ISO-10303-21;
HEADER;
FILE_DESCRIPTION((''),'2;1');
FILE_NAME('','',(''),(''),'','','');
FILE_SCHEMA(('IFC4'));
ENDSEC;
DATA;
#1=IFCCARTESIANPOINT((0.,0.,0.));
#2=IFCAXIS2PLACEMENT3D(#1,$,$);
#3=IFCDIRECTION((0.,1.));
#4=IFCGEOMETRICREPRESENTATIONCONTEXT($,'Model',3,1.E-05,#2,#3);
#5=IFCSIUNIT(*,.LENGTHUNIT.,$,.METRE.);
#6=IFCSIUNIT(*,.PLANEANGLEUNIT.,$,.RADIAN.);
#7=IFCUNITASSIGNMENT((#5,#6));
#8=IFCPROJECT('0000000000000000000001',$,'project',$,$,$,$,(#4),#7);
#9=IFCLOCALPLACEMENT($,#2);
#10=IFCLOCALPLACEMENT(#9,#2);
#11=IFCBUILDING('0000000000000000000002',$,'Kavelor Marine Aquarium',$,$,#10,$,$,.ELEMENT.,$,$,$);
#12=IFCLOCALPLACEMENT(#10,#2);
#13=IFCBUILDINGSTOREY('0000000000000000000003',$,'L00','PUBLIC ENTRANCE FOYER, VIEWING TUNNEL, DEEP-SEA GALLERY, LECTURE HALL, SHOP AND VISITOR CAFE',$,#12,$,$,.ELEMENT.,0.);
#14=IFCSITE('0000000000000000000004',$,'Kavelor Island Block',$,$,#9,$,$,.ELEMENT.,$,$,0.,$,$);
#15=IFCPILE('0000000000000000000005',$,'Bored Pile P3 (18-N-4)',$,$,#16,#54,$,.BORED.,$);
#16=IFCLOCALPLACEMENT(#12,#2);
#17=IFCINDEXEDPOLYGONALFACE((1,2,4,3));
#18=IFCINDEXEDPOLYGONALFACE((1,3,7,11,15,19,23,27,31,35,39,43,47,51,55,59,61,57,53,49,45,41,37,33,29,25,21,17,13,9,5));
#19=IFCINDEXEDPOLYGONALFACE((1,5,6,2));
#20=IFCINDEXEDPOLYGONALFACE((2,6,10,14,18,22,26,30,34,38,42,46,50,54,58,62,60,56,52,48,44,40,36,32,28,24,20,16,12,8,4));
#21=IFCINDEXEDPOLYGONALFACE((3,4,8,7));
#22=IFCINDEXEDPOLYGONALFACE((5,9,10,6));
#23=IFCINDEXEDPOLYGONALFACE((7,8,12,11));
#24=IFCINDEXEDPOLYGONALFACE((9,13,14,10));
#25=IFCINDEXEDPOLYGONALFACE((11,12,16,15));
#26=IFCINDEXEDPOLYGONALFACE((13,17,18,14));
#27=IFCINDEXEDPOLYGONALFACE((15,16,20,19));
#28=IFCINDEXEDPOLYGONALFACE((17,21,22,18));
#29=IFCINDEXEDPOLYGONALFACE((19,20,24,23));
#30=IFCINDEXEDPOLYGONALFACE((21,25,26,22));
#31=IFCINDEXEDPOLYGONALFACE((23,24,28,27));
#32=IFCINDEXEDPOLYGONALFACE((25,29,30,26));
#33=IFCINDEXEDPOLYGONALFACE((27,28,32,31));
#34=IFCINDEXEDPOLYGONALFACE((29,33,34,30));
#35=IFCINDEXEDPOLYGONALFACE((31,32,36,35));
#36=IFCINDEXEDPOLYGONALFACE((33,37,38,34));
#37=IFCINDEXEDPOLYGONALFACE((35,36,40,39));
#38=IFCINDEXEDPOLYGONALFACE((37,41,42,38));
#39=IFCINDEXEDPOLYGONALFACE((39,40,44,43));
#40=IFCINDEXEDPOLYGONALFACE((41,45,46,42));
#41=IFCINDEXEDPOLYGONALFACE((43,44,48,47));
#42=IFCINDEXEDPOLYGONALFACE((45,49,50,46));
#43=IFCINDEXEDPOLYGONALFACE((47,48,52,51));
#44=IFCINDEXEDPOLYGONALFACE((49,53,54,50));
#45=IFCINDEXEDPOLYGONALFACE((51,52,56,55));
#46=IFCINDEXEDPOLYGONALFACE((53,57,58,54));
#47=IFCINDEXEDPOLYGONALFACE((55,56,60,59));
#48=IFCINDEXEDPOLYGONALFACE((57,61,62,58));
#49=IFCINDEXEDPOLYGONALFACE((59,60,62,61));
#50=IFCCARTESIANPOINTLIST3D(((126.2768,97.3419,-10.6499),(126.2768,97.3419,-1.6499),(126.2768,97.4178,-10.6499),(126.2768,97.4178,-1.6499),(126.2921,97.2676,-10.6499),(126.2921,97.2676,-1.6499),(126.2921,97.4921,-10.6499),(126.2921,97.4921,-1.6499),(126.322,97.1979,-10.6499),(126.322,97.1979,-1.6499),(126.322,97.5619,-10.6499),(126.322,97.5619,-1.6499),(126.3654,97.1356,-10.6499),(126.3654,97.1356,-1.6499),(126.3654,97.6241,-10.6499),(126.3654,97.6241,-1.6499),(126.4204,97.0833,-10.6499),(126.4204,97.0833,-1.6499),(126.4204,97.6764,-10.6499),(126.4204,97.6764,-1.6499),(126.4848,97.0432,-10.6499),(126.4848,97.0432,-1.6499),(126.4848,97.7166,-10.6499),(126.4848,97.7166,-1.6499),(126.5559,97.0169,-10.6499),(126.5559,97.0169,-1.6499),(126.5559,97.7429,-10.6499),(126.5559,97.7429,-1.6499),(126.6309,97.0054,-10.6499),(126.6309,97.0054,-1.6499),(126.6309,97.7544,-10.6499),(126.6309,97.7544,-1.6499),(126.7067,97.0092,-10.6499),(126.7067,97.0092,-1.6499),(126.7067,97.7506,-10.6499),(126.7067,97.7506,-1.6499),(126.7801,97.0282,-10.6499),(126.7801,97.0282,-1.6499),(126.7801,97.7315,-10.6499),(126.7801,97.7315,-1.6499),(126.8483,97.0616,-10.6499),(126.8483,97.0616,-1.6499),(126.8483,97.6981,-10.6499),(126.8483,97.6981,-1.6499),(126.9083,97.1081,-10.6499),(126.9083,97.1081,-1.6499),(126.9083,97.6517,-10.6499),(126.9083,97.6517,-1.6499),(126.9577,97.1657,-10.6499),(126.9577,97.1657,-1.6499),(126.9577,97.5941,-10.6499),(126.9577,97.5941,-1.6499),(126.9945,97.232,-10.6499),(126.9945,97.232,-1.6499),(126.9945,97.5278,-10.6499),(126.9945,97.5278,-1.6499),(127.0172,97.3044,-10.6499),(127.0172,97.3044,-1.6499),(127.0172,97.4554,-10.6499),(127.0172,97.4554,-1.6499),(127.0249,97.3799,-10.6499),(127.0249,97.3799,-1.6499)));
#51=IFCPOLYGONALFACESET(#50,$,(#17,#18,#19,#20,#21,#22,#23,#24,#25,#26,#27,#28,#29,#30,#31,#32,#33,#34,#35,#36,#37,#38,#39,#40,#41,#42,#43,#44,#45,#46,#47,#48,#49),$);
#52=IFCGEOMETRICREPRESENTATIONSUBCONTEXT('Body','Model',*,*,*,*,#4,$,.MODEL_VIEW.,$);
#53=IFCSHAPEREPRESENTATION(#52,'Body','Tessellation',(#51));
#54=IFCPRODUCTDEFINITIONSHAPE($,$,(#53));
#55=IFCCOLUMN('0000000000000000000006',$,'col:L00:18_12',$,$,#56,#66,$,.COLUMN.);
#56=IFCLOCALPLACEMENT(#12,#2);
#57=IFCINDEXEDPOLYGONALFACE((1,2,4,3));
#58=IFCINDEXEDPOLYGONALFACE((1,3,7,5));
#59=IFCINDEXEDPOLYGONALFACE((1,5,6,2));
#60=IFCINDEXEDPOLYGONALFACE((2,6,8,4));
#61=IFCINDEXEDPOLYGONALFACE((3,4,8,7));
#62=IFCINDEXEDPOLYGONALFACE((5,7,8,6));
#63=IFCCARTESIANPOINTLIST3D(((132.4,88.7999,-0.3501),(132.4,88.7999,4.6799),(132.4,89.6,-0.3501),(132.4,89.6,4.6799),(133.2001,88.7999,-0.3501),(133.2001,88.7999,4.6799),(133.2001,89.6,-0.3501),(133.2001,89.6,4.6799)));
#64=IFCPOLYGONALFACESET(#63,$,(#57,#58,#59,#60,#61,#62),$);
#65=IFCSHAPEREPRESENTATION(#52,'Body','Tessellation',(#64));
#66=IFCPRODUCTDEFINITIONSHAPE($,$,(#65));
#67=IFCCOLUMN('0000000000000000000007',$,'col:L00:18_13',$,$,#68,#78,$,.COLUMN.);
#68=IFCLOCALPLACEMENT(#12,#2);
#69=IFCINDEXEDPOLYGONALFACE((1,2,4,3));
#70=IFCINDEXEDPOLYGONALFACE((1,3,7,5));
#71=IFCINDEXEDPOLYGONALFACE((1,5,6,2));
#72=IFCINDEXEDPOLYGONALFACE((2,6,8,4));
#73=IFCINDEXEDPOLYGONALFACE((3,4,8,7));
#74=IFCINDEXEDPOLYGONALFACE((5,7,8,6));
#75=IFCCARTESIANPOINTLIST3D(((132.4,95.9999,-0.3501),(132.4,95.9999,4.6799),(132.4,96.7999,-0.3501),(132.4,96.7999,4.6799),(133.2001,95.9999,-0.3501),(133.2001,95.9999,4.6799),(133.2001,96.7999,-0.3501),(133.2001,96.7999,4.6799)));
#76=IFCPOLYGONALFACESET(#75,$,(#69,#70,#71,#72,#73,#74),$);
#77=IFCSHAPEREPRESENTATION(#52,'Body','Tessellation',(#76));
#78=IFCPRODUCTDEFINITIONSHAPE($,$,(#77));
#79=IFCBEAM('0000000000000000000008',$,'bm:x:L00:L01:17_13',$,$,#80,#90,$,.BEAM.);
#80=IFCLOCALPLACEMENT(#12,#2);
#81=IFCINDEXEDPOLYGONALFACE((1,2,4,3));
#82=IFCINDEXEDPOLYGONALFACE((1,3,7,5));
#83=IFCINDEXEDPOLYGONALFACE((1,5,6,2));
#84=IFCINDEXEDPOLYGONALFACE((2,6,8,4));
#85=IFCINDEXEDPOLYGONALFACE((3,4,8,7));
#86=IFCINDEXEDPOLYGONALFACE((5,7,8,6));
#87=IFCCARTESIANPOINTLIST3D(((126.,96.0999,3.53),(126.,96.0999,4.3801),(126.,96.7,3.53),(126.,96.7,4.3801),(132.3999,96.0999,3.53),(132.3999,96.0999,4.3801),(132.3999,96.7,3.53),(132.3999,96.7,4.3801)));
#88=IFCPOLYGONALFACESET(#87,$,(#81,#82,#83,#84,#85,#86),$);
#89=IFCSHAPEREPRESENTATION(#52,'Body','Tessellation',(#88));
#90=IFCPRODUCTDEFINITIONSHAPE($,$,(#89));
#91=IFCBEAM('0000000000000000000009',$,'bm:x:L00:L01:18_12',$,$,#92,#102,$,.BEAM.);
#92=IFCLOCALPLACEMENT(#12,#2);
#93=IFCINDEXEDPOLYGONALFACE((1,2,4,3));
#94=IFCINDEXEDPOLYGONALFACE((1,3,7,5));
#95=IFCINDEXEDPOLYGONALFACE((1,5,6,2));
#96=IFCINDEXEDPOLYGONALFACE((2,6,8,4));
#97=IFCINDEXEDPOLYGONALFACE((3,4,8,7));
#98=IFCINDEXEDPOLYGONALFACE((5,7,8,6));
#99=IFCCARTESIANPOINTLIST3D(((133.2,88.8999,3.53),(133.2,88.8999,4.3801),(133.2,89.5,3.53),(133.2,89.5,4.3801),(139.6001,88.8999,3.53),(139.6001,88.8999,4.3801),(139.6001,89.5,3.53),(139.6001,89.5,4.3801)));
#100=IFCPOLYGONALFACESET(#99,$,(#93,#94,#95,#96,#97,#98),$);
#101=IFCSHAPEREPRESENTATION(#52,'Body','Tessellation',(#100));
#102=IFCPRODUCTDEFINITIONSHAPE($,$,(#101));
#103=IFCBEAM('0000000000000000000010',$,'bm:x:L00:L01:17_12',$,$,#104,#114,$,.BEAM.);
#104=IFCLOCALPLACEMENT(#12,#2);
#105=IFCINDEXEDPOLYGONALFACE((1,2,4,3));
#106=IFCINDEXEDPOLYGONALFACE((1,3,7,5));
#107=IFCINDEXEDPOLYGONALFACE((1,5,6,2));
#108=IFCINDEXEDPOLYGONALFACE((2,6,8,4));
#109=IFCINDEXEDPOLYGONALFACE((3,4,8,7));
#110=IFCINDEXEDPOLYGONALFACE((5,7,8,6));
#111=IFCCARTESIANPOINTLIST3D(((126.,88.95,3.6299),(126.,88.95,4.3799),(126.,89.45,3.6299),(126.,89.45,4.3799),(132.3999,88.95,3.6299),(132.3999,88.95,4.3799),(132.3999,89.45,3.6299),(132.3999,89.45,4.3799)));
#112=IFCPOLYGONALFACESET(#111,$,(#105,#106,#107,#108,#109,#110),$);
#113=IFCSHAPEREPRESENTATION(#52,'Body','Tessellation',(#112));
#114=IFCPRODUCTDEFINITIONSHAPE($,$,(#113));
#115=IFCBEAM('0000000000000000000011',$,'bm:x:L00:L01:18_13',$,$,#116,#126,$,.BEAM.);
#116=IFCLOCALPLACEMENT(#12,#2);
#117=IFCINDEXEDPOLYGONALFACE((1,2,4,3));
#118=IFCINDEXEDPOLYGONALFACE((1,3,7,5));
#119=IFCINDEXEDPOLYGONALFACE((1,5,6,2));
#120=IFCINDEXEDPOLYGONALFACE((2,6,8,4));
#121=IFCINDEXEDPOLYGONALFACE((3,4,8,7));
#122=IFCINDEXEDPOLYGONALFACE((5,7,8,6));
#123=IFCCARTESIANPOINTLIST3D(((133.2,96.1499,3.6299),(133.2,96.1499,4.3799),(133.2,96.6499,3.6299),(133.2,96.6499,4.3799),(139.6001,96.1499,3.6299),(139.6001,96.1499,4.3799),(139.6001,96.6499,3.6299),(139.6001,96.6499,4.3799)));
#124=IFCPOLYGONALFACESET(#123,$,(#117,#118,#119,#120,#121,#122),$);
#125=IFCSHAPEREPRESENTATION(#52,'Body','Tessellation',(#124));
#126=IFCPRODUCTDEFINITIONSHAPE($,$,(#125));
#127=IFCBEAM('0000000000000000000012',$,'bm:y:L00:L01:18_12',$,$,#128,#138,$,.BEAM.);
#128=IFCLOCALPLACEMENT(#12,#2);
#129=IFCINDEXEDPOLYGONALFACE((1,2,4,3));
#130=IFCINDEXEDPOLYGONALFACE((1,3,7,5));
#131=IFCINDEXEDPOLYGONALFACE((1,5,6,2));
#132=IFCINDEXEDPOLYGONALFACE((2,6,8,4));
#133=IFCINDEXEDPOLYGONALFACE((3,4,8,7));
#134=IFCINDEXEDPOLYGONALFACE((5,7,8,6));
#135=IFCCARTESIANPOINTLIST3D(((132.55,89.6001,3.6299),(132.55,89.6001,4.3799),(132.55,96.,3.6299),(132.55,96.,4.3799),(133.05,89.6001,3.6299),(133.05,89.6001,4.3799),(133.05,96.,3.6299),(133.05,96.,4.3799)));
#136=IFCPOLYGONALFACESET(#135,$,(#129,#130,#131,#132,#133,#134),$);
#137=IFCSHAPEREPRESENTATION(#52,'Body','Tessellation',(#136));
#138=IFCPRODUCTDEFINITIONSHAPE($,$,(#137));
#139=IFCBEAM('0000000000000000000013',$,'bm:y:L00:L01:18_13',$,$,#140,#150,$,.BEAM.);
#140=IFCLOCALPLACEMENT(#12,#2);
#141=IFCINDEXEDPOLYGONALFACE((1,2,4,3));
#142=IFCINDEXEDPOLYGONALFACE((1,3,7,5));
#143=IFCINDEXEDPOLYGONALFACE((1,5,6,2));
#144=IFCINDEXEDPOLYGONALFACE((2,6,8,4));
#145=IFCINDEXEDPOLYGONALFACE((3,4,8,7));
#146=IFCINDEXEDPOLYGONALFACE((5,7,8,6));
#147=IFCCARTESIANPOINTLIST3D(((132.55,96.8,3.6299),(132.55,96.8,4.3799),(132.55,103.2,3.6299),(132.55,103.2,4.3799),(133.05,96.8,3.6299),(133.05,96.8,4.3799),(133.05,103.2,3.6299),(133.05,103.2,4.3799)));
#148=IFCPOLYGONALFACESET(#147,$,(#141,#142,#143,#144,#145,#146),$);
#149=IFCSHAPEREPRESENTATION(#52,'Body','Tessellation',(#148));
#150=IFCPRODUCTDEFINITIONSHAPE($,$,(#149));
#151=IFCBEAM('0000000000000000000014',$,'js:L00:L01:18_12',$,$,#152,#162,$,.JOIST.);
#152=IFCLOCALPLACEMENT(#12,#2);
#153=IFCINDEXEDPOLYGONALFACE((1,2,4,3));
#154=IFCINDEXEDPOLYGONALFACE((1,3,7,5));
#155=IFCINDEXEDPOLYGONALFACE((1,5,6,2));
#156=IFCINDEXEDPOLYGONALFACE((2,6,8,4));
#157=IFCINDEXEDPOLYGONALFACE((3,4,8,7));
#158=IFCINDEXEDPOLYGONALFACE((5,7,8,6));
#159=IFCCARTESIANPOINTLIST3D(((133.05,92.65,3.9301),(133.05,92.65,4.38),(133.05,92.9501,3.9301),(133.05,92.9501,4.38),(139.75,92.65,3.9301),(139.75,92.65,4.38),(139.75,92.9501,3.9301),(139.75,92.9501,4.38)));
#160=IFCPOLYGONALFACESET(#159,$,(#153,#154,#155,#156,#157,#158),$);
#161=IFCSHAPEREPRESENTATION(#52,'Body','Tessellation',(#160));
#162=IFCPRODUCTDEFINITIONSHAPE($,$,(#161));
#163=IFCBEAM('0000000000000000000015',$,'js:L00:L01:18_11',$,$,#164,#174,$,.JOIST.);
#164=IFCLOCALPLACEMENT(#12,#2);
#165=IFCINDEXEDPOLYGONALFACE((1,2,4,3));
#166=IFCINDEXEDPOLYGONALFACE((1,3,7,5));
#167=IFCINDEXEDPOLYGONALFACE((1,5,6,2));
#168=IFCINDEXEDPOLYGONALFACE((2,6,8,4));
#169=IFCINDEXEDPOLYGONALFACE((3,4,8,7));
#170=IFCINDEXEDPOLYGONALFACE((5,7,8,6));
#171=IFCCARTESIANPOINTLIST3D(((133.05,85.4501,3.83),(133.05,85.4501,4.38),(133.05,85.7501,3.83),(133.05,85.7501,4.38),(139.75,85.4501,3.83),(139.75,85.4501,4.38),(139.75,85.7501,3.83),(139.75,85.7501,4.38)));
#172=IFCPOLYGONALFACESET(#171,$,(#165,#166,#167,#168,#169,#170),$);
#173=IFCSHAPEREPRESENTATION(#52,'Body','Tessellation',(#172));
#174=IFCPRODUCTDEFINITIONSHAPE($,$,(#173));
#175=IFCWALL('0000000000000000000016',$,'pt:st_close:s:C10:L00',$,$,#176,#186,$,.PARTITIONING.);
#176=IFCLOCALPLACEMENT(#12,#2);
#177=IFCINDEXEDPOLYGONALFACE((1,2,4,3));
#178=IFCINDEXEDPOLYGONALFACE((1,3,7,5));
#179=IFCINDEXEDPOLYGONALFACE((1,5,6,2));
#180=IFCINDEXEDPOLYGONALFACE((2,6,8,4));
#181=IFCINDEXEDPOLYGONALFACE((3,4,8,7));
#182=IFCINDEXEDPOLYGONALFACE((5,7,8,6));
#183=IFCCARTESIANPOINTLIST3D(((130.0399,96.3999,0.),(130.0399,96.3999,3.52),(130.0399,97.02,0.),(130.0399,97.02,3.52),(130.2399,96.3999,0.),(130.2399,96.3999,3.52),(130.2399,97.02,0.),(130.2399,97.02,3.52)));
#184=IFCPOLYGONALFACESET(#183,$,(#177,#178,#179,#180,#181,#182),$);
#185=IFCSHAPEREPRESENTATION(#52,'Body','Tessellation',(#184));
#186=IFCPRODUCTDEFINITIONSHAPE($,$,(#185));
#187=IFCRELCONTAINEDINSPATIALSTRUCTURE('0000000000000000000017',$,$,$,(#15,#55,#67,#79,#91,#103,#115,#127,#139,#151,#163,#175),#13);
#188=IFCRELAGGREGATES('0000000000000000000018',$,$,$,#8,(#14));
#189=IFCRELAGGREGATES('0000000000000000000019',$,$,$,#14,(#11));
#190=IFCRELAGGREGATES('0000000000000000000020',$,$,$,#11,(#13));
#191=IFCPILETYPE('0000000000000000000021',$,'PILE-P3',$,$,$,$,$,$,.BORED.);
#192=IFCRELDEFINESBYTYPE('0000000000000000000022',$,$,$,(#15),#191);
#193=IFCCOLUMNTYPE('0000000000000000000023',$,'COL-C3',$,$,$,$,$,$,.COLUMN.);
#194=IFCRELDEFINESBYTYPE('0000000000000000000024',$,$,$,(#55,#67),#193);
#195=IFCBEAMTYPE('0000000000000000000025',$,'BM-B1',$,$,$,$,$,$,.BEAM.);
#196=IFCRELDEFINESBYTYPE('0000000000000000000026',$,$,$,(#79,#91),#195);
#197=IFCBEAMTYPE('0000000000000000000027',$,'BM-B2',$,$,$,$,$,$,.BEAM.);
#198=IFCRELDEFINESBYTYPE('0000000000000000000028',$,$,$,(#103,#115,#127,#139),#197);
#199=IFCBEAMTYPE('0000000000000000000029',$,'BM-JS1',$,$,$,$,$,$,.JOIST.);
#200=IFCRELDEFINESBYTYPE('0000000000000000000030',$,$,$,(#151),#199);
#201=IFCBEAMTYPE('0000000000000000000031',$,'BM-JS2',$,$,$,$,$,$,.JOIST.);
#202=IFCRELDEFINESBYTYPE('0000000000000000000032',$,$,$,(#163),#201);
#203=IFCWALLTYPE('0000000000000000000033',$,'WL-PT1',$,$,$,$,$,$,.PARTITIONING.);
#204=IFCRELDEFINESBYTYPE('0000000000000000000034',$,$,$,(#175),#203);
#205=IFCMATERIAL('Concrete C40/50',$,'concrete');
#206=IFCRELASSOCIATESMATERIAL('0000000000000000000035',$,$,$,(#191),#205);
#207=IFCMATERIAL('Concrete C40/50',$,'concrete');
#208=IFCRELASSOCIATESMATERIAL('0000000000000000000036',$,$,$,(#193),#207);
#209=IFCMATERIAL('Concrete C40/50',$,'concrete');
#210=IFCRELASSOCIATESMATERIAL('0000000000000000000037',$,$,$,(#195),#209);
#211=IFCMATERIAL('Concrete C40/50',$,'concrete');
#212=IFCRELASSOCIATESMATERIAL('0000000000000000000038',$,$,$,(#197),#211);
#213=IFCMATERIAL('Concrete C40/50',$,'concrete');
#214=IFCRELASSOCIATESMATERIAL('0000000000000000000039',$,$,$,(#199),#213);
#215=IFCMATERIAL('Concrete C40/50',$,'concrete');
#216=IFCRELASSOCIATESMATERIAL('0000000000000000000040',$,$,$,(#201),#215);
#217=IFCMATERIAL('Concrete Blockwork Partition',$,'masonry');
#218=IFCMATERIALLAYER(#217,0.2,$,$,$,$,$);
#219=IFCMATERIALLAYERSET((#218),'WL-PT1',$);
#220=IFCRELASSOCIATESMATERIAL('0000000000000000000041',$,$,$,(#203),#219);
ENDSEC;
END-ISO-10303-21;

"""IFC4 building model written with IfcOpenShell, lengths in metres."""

from ifc_helpers import new_model, si_unit, direction, frame, frame_2d, origin, origin_2d, place, context, subcontext, project, spatial, rectangle, circle, extrude, material, layer, layer_set, material_profile, profile_set, type_object, element, save


model = new_model("IFC4")

# Units and contexts
model_context = context("Model", 3, precision=1e-05, world=origin(), true_north=direction((0.0, 1.0)))
body_context = subcontext(model_context, "Body", "Model", "MODEL_VIEW")
ifc_project = project(units=[si_unit("LENGTHUNIT", "METRE"), si_unit("PLANEANGLEUNIT", "RADIAN")], contexts=[model_context])

# Site, building, storey
site_placement = place(None, origin())
site = spatial("IfcSite", under=ifc_project, at=site_placement, Name="Kavelor Island Block", CompositionType="ELEMENT", RefElevation=0.0)
building_placement = place(site_placement, origin())
building = spatial("IfcBuilding", under=site, at=building_placement, Name="Kavelor Marine Aquarium", CompositionType="ELEMENT")
storey_placement = place(building_placement, origin())
storey = spatial("IfcBuildingStorey", under=building, at=storey_placement, Name="L00", Description="PUBLIC ENTRANCE FOYER, VIEWING TUNNEL, DEEP-SEA GALLERY, LECTURE HALL, SHOP AND VISITOR CAFE", CompositionType="ELEMENT", Elevation=0.0)

# Pile
ifc_material_1 = material(Name="Concrete C40/50", Category="concrete")
ifc_material_profile_1 = material_profile(ifc_material_1, circle(Radius=0.375, at=origin_2d()), Name="PILE D750")
ifc_profile_set_1 = profile_set([ifc_material_profile_1], Name="Concrete C40/50")
pile_type_1 = type_object("IfcPileType", Name="PILE-P3", PredefinedType="BORED", material=ifc_profile_set_1)
for number, where, z_axis, x_axis, name in (
    (1, (126.6499, 97.3799, -1.6499), (0.0, 0.0, -1.0), (1.0, 0.0, 0.0), "Bored Pile P3 (18-N-4)"),
):
    element("IfcPile", number, at=place(storey_placement, frame(where, z_axis=z_axis, x_axis=x_axis)), inside=storey, type_object=pile_type_1, Name=name, PredefinedType="BORED", context=body_context, shape_type="SweptSolid", body=[
        extrude(circle(Radius=0.375, at=origin_2d()), origin(), (0.0, 0.0, 1.0), 9.0),
    ])

# Columns
ifc_material_2 = material(Name="Concrete C40/50", Category="concrete")
ifc_material_profile_2 = material_profile(ifc_material_2, rectangle(XDim=0.8, YDim=0.8, at=origin_2d()), Name="RC-COL 800x800")
ifc_profile_set_2 = profile_set([ifc_material_profile_2], Name="Concrete C40/50")
column_type = type_object("IfcColumnType", Name="COL-C3", PredefinedType="COLUMN", material=ifc_profile_set_2)
for number, where, z_axis, x_axis, name in (
    (2, (132.8, 89.2, -0.3501), (0.0, 0.0, 1.0), (1.0, 0.0, 0.0), "col:L00:18_12"),
    (3, (132.8, 96.3999, -0.3501), (0.0, 0.0, 1.0), (1.0, 0.0, 0.0), "col:L00:18_13"),
):
    element("IfcColumn", number, at=place(storey_placement, frame(where, z_axis=z_axis, x_axis=x_axis)), inside=storey, type_object=column_type, Name=name, PredefinedType="COLUMN", context=body_context, shape_type="SweptSolid", body=[
        extrude(rectangle(XDim=0.8, YDim=0.8, at=origin_2d()), origin(), (0.0, 0.0, 1.0), 5.03),
    ])

# Beams
ifc_material_3 = material(Name="Concrete C40/50", Category="concrete")
ifc_material_profile_3 = material_profile(ifc_material_3, rectangle(XDim=0.6001, YDim=0.8501, at=origin_2d()), Name="RC-BM 600x850")
ifc_profile_set_3 = profile_set([ifc_material_profile_3], Name="Concrete C40/50")
beam_type_1 = type_object("IfcBeamType", Name="BM-B1", PredefinedType="BEAM", material=ifc_profile_set_3)
beam_1_placement = place(storey_placement, frame((126.0, 96.3999, 3.9551), z_axis=(1.0, 0.0, 0.0), x_axis=(0.0, 1.0, 0.0)))
element("IfcBeam", 4, at=beam_1_placement, inside=storey, type_object=beam_type_1, Name="bm:x:L00:L01:17_13", PredefinedType="BEAM", context=body_context, shape_type="SweptSolid", body=[
    extrude(rectangle(XDim=0.6001, YDim=0.8501, at=origin_2d()), origin(), (0.0, 0.0, 1.0), 6.3999),
])
beam_2_placement = place(storey_placement, frame((133.2, 89.2, 3.9551), z_axis=(1.0, 0.0, 0.0), x_axis=(0.0, 1.0, 0.0)))
element("IfcBeam", 5, at=beam_2_placement, inside=storey, type_object=beam_type_1, Name="bm:x:L00:L01:18_12", PredefinedType="BEAM", context=body_context, shape_type="SweptSolid", body=[
    extrude(rectangle(XDim=0.6001, YDim=0.8501, at=origin_2d()), origin(), (0.0, 0.0, 1.0), 6.4001),
])
ifc_material_4 = material(Name="Concrete C40/50", Category="concrete")
ifc_material_profile_4 = material_profile(ifc_material_4, rectangle(XDim=0.5, YDim=0.75, at=origin_2d()), Name="RC-BM 500x750")
ifc_profile_set_4 = profile_set([ifc_material_profile_4], Name="Concrete C40/50")
beam_type_2 = type_object("IfcBeamType", Name="BM-B2", PredefinedType="BEAM", material=ifc_profile_set_4)
beam_3_placement = place(storey_placement, frame((126.0, 89.2, 4.0049), z_axis=(1.0, 0.0, 0.0), x_axis=(0.0, 1.0, 0.0)))
element("IfcBeam", 6, at=beam_3_placement, inside=storey, type_object=beam_type_2, Name="bm:x:L00:L01:17_12", PredefinedType="BEAM", context=body_context, shape_type="SweptSolid", body=[
    extrude(rectangle(XDim=0.5, YDim=0.75, at=origin_2d()), origin(), (0.0, 0.0, 1.0), 6.3999),
])
beam_4_placement = place(storey_placement, frame((133.2, 96.3999, 4.0049), z_axis=(1.0, 0.0, 0.0), x_axis=(0.0, 1.0, 0.0)))
element("IfcBeam", 7, at=beam_4_placement, inside=storey, type_object=beam_type_2, Name="bm:x:L00:L01:18_13", PredefinedType="BEAM", context=body_context, shape_type="SweptSolid", body=[
    extrude(rectangle(XDim=0.5, YDim=0.75, at=origin_2d()), origin(), (0.0, 0.0, 1.0), 6.4001),
])
for number, where, z_axis, x_axis, name in (
    (8, (132.8, 89.6001, 4.0049), (0.0, 1.0, 0.0), (-1.0, 0.0, 0.0), "bm:y:L00:L01:18_12"),
    (9, (132.8, 96.8, 4.0049), (0.0, 1.0, 0.0), (-1.0, 0.0, 0.0), "bm:y:L00:L01:18_13"),
):
    element("IfcBeam", number, at=place(storey_placement, frame(where, z_axis=z_axis, x_axis=x_axis)), inside=storey, type_object=beam_type_2, Name=name, PredefinedType="BEAM", context=body_context, shape_type="SweptSolid", body=[
        extrude(rectangle(XDim=0.5, YDim=0.75, at=origin_2d()), origin(), (0.0, 0.0, 1.0), 6.3999),
    ])
ifc_material_5 = material(Name="Concrete C40/50", Category="concrete")
ifc_material_profile_5 = material_profile(ifc_material_5, rectangle(XDim=0.3, YDim=0.45, at=origin_2d()), Name="RC-JS 300x450")
ifc_profile_set_5 = profile_set([ifc_material_profile_5], Name="Concrete C40/50")
beam_type_3 = type_object("IfcBeamType", Name="BM-JS1", PredefinedType="JOIST", material=ifc_profile_set_5)
beam_5_placement = place(storey_placement, frame((133.05, 92.8, 4.155), z_axis=(1.0, 0.0, 0.0), x_axis=(0.0, 1.0, 0.0)))
element("IfcBeam", 10, at=beam_5_placement, inside=storey, type_object=beam_type_3, Name="js:L00:L01:18_12", PredefinedType="JOIST", context=body_context, shape_type="SweptSolid", body=[
    extrude(rectangle(XDim=0.3, YDim=0.45, at=origin_2d()), origin(), (0.0, 0.0, 1.0), 6.7),
])
ifc_material_6 = material(Name="Concrete C40/50", Category="concrete")
ifc_material_profile_6 = material_profile(ifc_material_6, rectangle(XDim=0.3, YDim=0.55, at=origin_2d()), Name="RC-JS 300x550")
ifc_profile_set_6 = profile_set([ifc_material_profile_6], Name="Concrete C40/50")
beam_type_4 = type_object("IfcBeamType", Name="BM-JS2", PredefinedType="JOIST", material=ifc_profile_set_6)
beam_6_placement = place(storey_placement, frame((133.05, 85.6001, 4.105), z_axis=(1.0, 0.0, 0.0), x_axis=(0.0, 1.0, 0.0)))
element("IfcBeam", 11, at=beam_6_placement, inside=storey, type_object=beam_type_4, Name="js:L00:L01:18_11", PredefinedType="JOIST", context=body_context, shape_type="SweptSolid", body=[
    extrude(rectangle(XDim=0.3, YDim=0.55, at=origin_2d()), origin(), (0.0, 0.0, 1.0), 6.7),
])

# Wall
ifc_material_7 = material(Name="Concrete Blockwork Partition", Category="masonry")
ifc_layer_1 = layer(ifc_material_7, 0.2)
ifc_layer_set_1 = layer_set([ifc_layer_1], Name="WL-PT1")
wall_type_1 = type_object("IfcWallType", Name="WL-PT1", PredefinedType="PARTITIONING", material=ifc_layer_set_1)
wall_1_placement = place(storey_placement, frame((130.1399, 96.3999, 0.0), z_axis=(0.0, 0.0, 1.0), x_axis=(0.0, 1.0, 0.0)))
element("IfcWall", 12, at=wall_1_placement, inside=storey, type_object=wall_type_1, Name="pt:st_close:s:C10:L00", PredefinedType="PARTITIONING", context=body_context, shape_type="SweptSolid", body=[
    extrude(rectangle(XDim=0.6201, YDim=0.2, at=frame_2d((0.3101, 0.0))), origin(), (0.0, 0.0, 1.0), 3.52),
])

save(model, "model.ifc")
